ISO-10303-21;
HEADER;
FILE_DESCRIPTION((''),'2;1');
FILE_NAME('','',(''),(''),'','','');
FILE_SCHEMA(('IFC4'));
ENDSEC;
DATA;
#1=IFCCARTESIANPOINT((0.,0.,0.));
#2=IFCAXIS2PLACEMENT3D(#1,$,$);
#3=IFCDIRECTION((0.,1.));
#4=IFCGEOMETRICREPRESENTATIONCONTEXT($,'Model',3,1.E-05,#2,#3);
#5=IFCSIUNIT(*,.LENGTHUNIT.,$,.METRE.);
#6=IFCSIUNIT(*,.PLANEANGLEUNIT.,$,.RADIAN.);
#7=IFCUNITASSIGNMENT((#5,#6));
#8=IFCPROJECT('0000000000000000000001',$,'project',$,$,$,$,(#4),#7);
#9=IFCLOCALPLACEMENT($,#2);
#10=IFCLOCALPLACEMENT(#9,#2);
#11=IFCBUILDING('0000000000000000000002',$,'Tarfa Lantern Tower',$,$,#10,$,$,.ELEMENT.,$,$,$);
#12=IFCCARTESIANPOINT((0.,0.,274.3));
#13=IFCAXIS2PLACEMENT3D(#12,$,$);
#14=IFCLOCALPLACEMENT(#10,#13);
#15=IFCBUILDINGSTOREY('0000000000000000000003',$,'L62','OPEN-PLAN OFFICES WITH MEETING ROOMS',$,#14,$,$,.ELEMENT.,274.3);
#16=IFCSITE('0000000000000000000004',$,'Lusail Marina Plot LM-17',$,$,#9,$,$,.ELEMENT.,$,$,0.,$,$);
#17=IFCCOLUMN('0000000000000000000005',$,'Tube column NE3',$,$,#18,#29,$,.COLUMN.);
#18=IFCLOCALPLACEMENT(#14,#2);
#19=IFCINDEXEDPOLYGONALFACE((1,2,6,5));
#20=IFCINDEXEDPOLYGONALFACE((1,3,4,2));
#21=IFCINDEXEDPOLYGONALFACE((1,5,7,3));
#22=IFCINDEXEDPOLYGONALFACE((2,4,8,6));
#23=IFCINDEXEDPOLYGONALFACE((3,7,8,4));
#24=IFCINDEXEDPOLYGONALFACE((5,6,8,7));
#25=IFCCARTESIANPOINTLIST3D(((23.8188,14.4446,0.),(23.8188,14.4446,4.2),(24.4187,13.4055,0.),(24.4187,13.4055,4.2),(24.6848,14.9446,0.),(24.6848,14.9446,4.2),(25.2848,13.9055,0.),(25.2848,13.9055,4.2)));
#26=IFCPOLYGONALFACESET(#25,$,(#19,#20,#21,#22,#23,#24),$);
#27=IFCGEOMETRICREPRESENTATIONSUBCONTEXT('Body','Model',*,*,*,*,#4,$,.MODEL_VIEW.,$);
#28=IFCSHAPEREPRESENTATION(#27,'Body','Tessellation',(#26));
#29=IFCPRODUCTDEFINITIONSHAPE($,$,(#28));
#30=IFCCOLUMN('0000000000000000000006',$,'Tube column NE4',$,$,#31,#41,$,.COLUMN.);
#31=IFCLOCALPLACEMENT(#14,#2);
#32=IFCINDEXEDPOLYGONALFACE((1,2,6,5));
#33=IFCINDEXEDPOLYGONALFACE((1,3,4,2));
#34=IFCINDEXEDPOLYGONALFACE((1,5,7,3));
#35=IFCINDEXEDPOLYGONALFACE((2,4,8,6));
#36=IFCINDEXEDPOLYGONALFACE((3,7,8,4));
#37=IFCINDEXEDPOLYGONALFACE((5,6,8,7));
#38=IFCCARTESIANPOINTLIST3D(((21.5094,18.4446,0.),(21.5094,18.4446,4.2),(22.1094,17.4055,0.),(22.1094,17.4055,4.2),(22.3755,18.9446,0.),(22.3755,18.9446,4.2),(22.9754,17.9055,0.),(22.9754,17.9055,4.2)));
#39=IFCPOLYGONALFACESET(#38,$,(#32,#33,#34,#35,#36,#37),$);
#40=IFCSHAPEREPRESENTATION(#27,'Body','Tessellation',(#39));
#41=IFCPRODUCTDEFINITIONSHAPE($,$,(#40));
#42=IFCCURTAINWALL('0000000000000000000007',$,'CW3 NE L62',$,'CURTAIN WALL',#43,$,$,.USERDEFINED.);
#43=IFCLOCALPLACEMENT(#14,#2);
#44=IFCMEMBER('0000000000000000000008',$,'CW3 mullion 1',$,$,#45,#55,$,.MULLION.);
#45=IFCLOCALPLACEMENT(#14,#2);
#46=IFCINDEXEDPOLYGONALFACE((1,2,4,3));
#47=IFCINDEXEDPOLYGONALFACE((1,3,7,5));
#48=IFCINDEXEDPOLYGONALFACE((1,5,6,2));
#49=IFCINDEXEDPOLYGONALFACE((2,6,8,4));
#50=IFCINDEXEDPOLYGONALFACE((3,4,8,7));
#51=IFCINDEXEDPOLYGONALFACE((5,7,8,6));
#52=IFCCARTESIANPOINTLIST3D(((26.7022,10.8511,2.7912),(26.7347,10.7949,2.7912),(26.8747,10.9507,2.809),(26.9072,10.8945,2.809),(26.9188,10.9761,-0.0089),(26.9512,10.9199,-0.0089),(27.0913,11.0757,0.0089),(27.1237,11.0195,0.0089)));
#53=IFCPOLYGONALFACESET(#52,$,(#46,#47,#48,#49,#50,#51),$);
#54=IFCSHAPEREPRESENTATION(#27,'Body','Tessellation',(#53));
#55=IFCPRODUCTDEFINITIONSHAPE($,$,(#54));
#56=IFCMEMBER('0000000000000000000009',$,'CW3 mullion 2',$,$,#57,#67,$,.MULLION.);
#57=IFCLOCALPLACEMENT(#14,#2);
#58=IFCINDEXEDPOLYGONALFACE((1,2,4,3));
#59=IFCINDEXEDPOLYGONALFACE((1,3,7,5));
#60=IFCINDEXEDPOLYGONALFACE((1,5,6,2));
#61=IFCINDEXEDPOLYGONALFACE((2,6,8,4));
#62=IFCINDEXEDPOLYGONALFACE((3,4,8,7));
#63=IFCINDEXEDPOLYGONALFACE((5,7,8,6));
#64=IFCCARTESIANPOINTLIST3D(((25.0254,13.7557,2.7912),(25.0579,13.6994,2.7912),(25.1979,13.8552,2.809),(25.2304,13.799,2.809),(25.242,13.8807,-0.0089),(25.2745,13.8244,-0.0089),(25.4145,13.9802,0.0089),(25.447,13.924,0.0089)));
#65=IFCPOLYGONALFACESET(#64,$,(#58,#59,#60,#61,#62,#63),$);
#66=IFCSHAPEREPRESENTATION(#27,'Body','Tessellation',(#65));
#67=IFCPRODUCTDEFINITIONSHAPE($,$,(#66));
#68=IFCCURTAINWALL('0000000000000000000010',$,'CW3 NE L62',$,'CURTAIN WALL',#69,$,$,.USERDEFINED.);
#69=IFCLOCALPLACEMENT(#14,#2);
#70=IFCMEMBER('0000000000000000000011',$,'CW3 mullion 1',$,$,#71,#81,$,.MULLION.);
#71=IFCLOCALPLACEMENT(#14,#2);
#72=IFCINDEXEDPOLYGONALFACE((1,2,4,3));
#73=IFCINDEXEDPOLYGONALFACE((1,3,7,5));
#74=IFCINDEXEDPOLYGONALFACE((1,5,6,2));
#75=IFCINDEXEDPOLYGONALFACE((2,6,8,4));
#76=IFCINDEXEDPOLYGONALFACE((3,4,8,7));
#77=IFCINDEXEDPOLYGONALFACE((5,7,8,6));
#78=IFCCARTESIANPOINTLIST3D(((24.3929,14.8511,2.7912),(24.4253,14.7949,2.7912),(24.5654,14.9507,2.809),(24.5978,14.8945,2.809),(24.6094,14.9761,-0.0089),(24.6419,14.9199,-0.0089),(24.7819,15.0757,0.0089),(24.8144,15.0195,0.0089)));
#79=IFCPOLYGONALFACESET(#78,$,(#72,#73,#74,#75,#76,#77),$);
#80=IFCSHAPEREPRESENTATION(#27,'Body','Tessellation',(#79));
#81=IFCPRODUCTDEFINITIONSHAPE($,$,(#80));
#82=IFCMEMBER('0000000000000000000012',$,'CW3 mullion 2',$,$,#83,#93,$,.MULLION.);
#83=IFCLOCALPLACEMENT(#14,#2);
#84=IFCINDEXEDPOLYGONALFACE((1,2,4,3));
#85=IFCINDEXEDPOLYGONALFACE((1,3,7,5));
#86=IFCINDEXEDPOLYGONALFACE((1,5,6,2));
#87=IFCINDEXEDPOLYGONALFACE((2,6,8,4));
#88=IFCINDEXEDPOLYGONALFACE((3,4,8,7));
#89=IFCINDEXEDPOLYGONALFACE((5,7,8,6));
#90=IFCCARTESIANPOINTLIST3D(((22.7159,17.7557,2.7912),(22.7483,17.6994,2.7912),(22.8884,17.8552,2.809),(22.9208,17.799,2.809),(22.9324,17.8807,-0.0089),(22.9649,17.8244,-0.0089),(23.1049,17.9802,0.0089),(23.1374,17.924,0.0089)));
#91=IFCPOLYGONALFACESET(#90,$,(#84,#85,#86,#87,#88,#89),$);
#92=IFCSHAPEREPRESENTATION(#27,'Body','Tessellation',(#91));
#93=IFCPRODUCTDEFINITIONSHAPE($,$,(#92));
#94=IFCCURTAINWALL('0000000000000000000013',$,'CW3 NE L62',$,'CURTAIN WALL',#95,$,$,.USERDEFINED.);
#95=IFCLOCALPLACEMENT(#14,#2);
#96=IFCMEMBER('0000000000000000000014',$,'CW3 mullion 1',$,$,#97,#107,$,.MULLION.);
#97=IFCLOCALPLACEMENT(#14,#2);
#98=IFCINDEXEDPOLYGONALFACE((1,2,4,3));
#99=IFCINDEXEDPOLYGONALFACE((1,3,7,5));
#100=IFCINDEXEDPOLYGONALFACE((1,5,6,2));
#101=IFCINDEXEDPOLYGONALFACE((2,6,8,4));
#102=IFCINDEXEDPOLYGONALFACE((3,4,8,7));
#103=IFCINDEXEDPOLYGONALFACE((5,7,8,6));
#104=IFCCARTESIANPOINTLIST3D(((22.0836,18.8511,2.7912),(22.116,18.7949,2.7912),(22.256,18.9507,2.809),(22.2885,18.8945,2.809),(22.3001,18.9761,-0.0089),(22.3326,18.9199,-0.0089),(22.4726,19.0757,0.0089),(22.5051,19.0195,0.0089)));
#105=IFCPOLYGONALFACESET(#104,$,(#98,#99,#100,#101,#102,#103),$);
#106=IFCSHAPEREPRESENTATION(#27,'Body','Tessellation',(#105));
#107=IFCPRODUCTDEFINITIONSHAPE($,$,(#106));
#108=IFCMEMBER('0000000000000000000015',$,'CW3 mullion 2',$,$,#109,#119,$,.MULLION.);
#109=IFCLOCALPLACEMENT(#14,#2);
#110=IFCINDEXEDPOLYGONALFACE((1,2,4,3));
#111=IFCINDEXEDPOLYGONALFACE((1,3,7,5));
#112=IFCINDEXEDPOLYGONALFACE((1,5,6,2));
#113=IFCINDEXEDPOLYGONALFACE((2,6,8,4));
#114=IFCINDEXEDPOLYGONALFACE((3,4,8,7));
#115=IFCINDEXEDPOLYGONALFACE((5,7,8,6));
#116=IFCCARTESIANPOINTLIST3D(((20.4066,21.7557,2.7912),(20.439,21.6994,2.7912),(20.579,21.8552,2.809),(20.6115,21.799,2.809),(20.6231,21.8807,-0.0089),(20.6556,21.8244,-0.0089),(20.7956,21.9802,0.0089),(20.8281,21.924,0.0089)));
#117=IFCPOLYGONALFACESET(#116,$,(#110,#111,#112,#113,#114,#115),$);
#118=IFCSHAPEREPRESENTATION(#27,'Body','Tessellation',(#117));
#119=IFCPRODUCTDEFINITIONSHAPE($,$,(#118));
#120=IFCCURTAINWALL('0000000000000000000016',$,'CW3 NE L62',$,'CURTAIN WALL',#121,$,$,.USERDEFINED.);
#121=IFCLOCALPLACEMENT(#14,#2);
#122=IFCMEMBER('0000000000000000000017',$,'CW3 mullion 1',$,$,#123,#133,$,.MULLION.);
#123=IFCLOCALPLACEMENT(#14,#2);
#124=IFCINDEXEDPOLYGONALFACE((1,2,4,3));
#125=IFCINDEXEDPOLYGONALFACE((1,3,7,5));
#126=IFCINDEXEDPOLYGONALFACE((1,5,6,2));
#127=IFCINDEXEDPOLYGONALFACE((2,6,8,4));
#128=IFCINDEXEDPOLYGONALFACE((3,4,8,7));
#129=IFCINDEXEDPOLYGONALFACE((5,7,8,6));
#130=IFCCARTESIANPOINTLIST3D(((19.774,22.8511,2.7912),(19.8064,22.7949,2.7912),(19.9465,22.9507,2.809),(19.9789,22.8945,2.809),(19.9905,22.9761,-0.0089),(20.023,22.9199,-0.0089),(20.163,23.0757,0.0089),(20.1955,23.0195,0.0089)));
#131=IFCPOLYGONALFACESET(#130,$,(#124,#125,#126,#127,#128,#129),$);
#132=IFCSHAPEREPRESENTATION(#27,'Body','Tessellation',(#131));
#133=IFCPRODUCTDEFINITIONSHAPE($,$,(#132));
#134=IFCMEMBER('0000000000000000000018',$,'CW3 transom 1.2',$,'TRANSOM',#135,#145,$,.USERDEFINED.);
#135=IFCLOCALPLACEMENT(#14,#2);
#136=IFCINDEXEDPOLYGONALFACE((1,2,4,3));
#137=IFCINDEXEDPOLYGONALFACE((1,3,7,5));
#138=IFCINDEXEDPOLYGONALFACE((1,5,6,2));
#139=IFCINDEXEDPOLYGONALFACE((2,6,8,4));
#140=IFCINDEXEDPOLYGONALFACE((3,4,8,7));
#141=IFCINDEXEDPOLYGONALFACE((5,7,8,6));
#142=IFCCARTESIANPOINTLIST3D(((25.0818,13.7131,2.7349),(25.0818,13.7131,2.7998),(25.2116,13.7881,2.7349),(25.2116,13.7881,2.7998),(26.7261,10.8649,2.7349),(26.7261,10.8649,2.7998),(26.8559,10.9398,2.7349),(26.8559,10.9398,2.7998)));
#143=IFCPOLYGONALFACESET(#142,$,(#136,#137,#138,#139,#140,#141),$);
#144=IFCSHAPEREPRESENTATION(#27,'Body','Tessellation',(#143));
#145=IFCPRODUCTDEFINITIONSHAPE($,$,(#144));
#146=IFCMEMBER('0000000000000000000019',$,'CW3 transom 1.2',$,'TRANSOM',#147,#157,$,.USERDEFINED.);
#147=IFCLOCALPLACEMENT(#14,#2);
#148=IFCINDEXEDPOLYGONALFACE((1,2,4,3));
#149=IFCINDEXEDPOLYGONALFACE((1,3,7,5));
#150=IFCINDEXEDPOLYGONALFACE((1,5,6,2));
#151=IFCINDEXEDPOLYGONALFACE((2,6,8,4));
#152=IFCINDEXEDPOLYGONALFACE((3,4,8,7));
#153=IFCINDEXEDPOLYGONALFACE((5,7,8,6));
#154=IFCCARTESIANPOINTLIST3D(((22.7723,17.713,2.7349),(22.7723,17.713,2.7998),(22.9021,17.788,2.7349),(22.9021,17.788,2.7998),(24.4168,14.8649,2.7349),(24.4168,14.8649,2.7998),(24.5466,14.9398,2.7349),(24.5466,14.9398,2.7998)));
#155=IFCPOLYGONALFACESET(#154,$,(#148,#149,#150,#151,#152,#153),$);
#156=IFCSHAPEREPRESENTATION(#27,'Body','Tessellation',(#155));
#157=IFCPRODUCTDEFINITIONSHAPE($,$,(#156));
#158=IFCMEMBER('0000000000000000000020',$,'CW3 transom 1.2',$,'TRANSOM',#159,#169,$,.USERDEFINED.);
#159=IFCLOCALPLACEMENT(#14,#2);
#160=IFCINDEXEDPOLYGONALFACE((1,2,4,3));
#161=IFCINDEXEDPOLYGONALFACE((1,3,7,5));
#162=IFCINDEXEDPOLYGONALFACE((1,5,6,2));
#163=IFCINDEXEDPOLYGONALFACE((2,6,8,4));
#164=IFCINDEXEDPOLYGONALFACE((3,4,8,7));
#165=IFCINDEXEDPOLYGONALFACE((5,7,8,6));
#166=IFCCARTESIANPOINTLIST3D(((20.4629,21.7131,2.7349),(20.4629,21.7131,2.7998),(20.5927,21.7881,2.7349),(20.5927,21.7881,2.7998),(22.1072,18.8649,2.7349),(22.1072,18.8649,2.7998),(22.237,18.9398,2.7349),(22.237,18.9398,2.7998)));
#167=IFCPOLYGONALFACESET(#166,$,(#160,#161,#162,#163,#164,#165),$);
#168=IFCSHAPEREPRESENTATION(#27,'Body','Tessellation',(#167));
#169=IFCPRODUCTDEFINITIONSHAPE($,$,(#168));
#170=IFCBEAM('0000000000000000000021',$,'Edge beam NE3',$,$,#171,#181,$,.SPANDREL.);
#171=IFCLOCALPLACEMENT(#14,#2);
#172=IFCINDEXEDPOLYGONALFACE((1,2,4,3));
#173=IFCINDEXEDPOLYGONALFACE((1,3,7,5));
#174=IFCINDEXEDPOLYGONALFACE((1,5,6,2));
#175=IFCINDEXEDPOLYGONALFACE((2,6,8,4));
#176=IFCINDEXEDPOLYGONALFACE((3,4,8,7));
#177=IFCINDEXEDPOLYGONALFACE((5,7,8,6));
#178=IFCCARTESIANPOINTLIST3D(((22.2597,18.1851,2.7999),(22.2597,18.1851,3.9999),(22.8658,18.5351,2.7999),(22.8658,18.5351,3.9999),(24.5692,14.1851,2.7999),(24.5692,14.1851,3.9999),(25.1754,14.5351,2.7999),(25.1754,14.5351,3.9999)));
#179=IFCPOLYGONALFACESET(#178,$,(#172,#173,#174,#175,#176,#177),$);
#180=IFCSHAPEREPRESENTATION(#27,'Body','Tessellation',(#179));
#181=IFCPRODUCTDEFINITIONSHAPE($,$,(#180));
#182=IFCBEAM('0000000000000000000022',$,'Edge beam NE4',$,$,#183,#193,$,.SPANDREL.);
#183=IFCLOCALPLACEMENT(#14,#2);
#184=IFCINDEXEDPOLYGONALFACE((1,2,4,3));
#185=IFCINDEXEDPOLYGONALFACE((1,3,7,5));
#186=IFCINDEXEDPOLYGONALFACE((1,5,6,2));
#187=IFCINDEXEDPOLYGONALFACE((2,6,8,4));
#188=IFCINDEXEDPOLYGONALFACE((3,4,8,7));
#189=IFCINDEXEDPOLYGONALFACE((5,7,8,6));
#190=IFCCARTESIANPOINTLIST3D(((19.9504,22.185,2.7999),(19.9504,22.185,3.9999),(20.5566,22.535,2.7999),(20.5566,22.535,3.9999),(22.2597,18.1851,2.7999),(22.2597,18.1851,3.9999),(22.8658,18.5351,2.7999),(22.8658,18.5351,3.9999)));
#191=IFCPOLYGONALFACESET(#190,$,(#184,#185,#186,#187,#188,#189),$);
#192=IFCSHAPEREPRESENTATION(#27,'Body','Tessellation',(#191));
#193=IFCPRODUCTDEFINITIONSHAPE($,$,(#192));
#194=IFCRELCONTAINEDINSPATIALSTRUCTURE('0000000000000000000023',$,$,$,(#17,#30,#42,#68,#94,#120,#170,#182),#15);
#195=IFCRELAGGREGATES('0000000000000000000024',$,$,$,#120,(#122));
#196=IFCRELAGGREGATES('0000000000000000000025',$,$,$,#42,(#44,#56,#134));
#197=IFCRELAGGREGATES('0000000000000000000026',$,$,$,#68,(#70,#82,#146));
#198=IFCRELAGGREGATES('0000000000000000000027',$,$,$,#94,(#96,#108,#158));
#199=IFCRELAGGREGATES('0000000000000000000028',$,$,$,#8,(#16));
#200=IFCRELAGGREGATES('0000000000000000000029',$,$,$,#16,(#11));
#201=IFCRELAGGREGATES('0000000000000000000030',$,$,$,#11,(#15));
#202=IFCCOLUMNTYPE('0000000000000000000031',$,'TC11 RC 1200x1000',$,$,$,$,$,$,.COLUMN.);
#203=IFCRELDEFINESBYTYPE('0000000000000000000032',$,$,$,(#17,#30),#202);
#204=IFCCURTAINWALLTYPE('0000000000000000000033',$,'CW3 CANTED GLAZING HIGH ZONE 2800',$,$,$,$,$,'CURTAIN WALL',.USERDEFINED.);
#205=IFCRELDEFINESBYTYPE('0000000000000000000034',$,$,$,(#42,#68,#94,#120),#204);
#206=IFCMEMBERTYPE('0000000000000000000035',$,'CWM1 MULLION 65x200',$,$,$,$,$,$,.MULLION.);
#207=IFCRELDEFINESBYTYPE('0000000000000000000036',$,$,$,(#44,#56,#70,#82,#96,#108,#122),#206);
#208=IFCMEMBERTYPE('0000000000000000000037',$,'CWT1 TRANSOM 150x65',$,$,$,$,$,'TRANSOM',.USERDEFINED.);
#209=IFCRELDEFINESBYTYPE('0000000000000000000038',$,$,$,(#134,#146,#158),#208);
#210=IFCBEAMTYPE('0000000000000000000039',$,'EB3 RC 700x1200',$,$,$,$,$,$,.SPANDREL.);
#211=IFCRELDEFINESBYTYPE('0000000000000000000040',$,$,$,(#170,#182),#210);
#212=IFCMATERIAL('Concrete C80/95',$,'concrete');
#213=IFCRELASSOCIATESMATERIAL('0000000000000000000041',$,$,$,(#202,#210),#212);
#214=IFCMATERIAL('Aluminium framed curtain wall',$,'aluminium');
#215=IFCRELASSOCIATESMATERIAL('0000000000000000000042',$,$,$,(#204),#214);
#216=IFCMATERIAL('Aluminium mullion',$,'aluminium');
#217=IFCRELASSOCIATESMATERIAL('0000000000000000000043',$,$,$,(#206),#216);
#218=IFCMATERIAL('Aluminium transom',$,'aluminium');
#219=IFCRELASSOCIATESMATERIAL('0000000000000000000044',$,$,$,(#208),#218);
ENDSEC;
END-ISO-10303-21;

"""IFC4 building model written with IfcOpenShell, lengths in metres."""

from ifc_helpers import new_model, si_unit, direction, frame, origin, origin_2d, place, context, subcontext, project, spatial, rectangle, extrude, material, material_profile, profile_set, type_object, element, aggregate, save


model = new_model("IFC4")

# Units and contexts
model_context = context("Model", 3, precision=1e-05, world=origin(), true_north=direction((0.0, 1.0)))
body_context = subcontext(model_context, "Body", "Model", "MODEL_VIEW")
ifc_project = project(units=[si_unit("LENGTHUNIT", "METRE"), si_unit("PLANEANGLEUNIT", "RADIAN")], contexts=[model_context])

# Site, building, storey
site_placement = place(None, origin())
site = spatial("IfcSite", under=ifc_project, at=site_placement, Name="Lusail Marina Plot LM-17", CompositionType="ELEMENT", RefElevation=0.0)
building_placement = place(site_placement, origin())
building = spatial("IfcBuilding", under=site, at=building_placement, Name="Tarfa Lantern Tower", CompositionType="ELEMENT")
storey_placement = place(building_placement, frame((0.0, 0.0, 274.3)))
storey = spatial("IfcBuildingStorey", under=building, at=storey_placement, Name="L62", Description="OPEN-PLAN OFFICES WITH MEETING ROOMS", CompositionType="ELEMENT", Elevation=274.3)

# Columns
ifc_material_1 = material(Name="Concrete C80/95", Category="concrete")
ifc_material_profile_1 = material_profile(ifc_material_1, rectangle(XDim=1.2, YDim=1.0, at=origin_2d()), Name="RC 1200x1000")
ifc_profile_set_1 = profile_set([ifc_material_profile_1], Name="Concrete C80/95")
column_type = type_object("IfcColumnType", Name="TC11 RC 1200x1000", PredefinedType="COLUMN", material=ifc_profile_set_1)
for number, where, z_axis, x_axis, name in (
    (1, (24.5518, 14.175, 0.0), (0.0, 0.0, 1.0), (-0.5, 0.866025, 0.0), "Tube column NE3"),
    (2, (22.2424, 18.175, 0.0), (0.0, 0.0, 1.0), (-0.5, 0.866025, 0.0), "Tube column NE4"),
):
    element("IfcColumn", number, at=place(storey_placement, frame(where, z_axis=z_axis, x_axis=x_axis)), inside=storey, type_object=column_type, Name=name, PredefinedType="COLUMN", context=body_context, shape_type="SweptSolid", body=[
        extrude(rectangle(XDim=1.2, YDim=1.0, at=origin_2d()), origin(), (0.0, 0.0, 1.0), 4.2),
    ])

# Curtain walls, members
ifc_material_2 = material(Name="Aluminium framed curtain wall", Category="aluminium")
curtain_wall_type = type_object("IfcCurtainWallType", Name="CW3 CANTED GLAZING HIGH ZONE 2800", ElementType="CURTAIN WALL", PredefinedType="USERDEFINED", material=ifc_material_2)
curtain_wall_1_placement = place(storey_placement, origin())
curtain_wall_1 = element("IfcCurtainWall", 3, at=curtain_wall_1_placement, inside=storey, type_object=curtain_wall_type, Name="CW3 NE L62", ObjectType="CURTAIN WALL", PredefinedType="USERDEFINED")
ifc_material_3 = material(Name="Aluminium mullion", Category="aluminium")
ifc_material_profile_2 = material_profile(ifc_material_3, rectangle(XDim=0.0649, YDim=0.2, at=origin_2d()), Name="AL MULLION 65x200")
ifc_profile_set_2 = profile_set([ifc_material_profile_2], Name="Aluminium mullion")
member_type_1 = type_object("IfcMemberType", Name="CWM1 MULLION 65x200", PredefinedType="MULLION", material=ifc_profile_set_2)
member_1_placement = place(storey_placement, frame((27.0212, 10.9978, 0.0), z_axis=(-0.077032, -0.044465, 0.996037), x_axis=(0.49992, -0.866072, 0.0)))
member_1 = element("IfcMember", 4, at=member_1_placement, type_object=member_type_1, Name="CW3 mullion 1", PredefinedType="MULLION", context=body_context, shape_type="SweptSolid", body=[
    extrude(rectangle(XDim=0.0649, YDim=0.2, at=origin_2d()), origin(), (0.0, 0.0, 1.0), 2.8113),
])
member_2_placement = place(storey_placement, frame((25.3445, 13.9023, 0.0), z_axis=(-0.077032, -0.044465, 0.996037), x_axis=(0.49992, -0.866072, 0.0)))
member_2 = element("IfcMember", 5, at=member_2_placement, type_object=member_type_1, Name="CW3 mullion 2", PredefinedType="MULLION", context=body_context, shape_type="SweptSolid", body=[
    extrude(rectangle(XDim=0.0649, YDim=0.2, at=origin_2d()), origin(), (0.0, 0.0, 1.0), 2.8113),
])
curtain_wall_2_placement = place(storey_placement, origin())
curtain_wall_2 = element("IfcCurtainWall", 6, at=curtain_wall_2_placement, inside=storey, type_object=curtain_wall_type, Name="CW3 NE L62", ObjectType="CURTAIN WALL", PredefinedType="USERDEFINED")
member_3_placement = place(storey_placement, frame((24.7119, 14.9978, 0.0), z_axis=(-0.077032, -0.044465, 0.996037), x_axis=(0.49992, -0.866072, 0.0)))
member_3 = element("IfcMember", 7, at=member_3_placement, type_object=member_type_1, Name="CW3 mullion 1", PredefinedType="MULLION", context=body_context, shape_type="SweptSolid", body=[
    extrude(rectangle(XDim=0.0649, YDim=0.2, at=origin_2d()), origin(), (0.0, 0.0, 1.0), 2.8113),
])
member_4_placement = place(storey_placement, frame((23.0349, 17.9023, 0.0), z_axis=(-0.077032, -0.044465, 0.996037), x_axis=(0.49992, -0.866072, 0.0)))
member_4 = element("IfcMember", 8, at=member_4_placement, type_object=member_type_1, Name="CW3 mullion 2", PredefinedType="MULLION", context=body_context, shape_type="SweptSolid", body=[
    extrude(rectangle(XDim=0.0649, YDim=0.2, at=origin_2d()), origin(), (0.0, 0.0, 1.0), 2.8113),
])
curtain_wall_3_placement = place(storey_placement, origin())
curtain_wall_3 = element("IfcCurtainWall", 9, at=curtain_wall_3_placement, inside=storey, type_object=curtain_wall_type, Name="CW3 NE L62", ObjectType="CURTAIN WALL", PredefinedType="USERDEFINED")
member_5_placement = place(storey_placement, frame((22.4026, 18.9978, 0.0), z_axis=(-0.077032, -0.044465, 0.996037), x_axis=(0.49992, -0.866072, 0.0)))
member_5 = element("IfcMember", 10, at=member_5_placement, type_object=member_type_1, Name="CW3 mullion 1", PredefinedType="MULLION", context=body_context, shape_type="SweptSolid", body=[
    extrude(rectangle(XDim=0.0649, YDim=0.2, at=origin_2d()), origin(), (0.0, 0.0, 1.0), 2.8113),
])
member_6_placement = place(storey_placement, frame((20.7256, 21.9023, 0.0), z_axis=(-0.077032, -0.044465, 0.996037), x_axis=(0.49992, -0.866072, 0.0)))
member_6 = element("IfcMember", 11, at=member_6_placement, type_object=member_type_1, Name="CW3 mullion 2", PredefinedType="MULLION", context=body_context, shape_type="SweptSolid", body=[
    extrude(rectangle(XDim=0.0649, YDim=0.2, at=origin_2d()), origin(), (0.0, 0.0, 1.0), 2.8113),
])

# Curtain wall, member
curtain_wall_4_placement = place(storey_placement, origin())
curtain_wall_4 = element("IfcCurtainWall", 12, at=curtain_wall_4_placement, inside=storey, type_object=curtain_wall_type, Name="CW3 NE L62", ObjectType="CURTAIN WALL", PredefinedType="USERDEFINED")
member_7_placement = place(storey_placement, frame((20.093, 22.9978, 0.0), z_axis=(-0.077032, -0.044465, 0.996037), x_axis=(0.49992, -0.866072, 0.0)))
member_7 = element("IfcMember", 13, at=member_7_placement, type_object=member_type_1, Name="CW3 mullion 1", PredefinedType="MULLION", context=body_context, shape_type="SweptSolid", body=[
    extrude(rectangle(XDim=0.0649, YDim=0.2, at=origin_2d()), origin(), (0.0, 0.0, 1.0), 2.8113),
])
aggregate(curtain_wall_4, [member_7])

# Members
ifc_material_4 = material(Name="Aluminium transom", Category="aluminium")
ifc_material_profile_3 = material_profile(ifc_material_4, rectangle(XDim=0.1499, YDim=0.0649, at=origin_2d()), Name="AL TRANSOM 150x65")
ifc_profile_set_3 = profile_set([ifc_material_profile_3], Name="Aluminium transom")
member_type_2 = type_object("IfcMemberType", Name="CWT1 TRANSOM 150x65", ElementType="TRANSOM", PredefinedType="USERDEFINED", material=ifc_profile_set_3)
member_8_placement = place(storey_placement, frame((26.791, 10.9023, 2.7673), z_axis=(-0.499979, 0.866037, 0.0), x_axis=(-0.866037, -0.499979, 0.0)))
member_8 = element("IfcMember", 14, at=member_8_placement, type_object=member_type_2, Name="CW3 transom 1.2", ObjectType="TRANSOM", PredefinedType="USERDEFINED", context=body_context, shape_type="SweptSolid", body=[
    extrude(rectangle(XDim=0.1499, YDim=0.0649, at=origin_2d()), origin(), (0.0, 0.0, 1.0), 3.2888),
])
member_9_placement = place(storey_placement, frame((24.4817, 14.9023, 2.7673), z_axis=(-0.500035, 0.866005, 0.0), x_axis=(-0.866005, -0.500035, 0.0)))
member_9 = element("IfcMember", 15, at=member_9_placement, type_object=member_type_2, Name="CW3 transom 1.2", ObjectType="TRANSOM", PredefinedType="USERDEFINED", context=body_context, shape_type="SweptSolid", body=[
    extrude(rectangle(XDim=0.1499, YDim=0.0649, at=origin_2d()), origin(), (0.0, 0.0, 1.0), 3.2888),
])
member_10_placement = place(storey_placement, frame((22.1721, 18.9023, 2.7673), z_axis=(-0.499979, 0.866037, 0.0), x_axis=(-0.866037, -0.499979, 0.0)))
member_10 = element("IfcMember", 16, at=member_10_placement, type_object=member_type_2, Name="CW3 transom 1.2", ObjectType="TRANSOM", PredefinedType="USERDEFINED", context=body_context, shape_type="SweptSolid", body=[
    extrude(rectangle(XDim=0.1499, YDim=0.0649, at=origin_2d()), origin(), (0.0, 0.0, 1.0), 3.2888),
])

# Beams
ifc_material_profile_4 = material_profile(ifc_material_1, rectangle(XDim=0.7, YDim=1.2, at=origin_2d()), Name="RC 700x1200")
ifc_profile_set_4 = profile_set([ifc_material_profile_4], Name="Concrete C80/95")
beam_type_1 = type_object("IfcBeamType", Name="EB3 RC 700x1200", PredefinedType="SPANDREL", material=ifc_profile_set_4)
beam_1_placement = place(storey_placement, frame((24.8723, 14.3601, 3.3999), z_axis=(-0.500027, 0.86601, 0.0), x_axis=(-0.86601, -0.500027, 0.0)))
element("IfcBeam", 17, at=beam_1_placement, inside=storey, type_object=beam_type_1, Name="Edge beam NE3", PredefinedType="SPANDREL", context=body_context, shape_type="SweptSolid", body=[
    extrude(rectangle(XDim=0.7, YDim=1.2, at=origin_2d()), origin(), (0.0, 0.0, 1.0), 4.6189),
])
for number, where, z_axis, x_axis, name in (
    (18, (22.5627, 18.3601, 3.3999), (-0.499988, 0.866032, 0.0), (-0.866032, -0.499988, 0.0), "Edge beam NE4"),
):
    element("IfcBeam", number, at=place(storey_placement, frame(where, z_axis=z_axis, x_axis=x_axis)), inside=storey, type_object=beam_type_1, Name=name, PredefinedType="SPANDREL", context=body_context, shape_type="SweptSolid", body=[
        extrude(rectangle(XDim=0.7, YDim=1.2, at=origin_2d()), origin(), (0.0, 0.0, 1.0), 4.6187),
    ])

aggregate(curtain_wall_1, [member_1, member_2, member_8])
aggregate(curtain_wall_2, [member_3, member_4, member_9])
aggregate(curtain_wall_3, [member_5, member_6, member_10])

save(model, "model.ifc")
